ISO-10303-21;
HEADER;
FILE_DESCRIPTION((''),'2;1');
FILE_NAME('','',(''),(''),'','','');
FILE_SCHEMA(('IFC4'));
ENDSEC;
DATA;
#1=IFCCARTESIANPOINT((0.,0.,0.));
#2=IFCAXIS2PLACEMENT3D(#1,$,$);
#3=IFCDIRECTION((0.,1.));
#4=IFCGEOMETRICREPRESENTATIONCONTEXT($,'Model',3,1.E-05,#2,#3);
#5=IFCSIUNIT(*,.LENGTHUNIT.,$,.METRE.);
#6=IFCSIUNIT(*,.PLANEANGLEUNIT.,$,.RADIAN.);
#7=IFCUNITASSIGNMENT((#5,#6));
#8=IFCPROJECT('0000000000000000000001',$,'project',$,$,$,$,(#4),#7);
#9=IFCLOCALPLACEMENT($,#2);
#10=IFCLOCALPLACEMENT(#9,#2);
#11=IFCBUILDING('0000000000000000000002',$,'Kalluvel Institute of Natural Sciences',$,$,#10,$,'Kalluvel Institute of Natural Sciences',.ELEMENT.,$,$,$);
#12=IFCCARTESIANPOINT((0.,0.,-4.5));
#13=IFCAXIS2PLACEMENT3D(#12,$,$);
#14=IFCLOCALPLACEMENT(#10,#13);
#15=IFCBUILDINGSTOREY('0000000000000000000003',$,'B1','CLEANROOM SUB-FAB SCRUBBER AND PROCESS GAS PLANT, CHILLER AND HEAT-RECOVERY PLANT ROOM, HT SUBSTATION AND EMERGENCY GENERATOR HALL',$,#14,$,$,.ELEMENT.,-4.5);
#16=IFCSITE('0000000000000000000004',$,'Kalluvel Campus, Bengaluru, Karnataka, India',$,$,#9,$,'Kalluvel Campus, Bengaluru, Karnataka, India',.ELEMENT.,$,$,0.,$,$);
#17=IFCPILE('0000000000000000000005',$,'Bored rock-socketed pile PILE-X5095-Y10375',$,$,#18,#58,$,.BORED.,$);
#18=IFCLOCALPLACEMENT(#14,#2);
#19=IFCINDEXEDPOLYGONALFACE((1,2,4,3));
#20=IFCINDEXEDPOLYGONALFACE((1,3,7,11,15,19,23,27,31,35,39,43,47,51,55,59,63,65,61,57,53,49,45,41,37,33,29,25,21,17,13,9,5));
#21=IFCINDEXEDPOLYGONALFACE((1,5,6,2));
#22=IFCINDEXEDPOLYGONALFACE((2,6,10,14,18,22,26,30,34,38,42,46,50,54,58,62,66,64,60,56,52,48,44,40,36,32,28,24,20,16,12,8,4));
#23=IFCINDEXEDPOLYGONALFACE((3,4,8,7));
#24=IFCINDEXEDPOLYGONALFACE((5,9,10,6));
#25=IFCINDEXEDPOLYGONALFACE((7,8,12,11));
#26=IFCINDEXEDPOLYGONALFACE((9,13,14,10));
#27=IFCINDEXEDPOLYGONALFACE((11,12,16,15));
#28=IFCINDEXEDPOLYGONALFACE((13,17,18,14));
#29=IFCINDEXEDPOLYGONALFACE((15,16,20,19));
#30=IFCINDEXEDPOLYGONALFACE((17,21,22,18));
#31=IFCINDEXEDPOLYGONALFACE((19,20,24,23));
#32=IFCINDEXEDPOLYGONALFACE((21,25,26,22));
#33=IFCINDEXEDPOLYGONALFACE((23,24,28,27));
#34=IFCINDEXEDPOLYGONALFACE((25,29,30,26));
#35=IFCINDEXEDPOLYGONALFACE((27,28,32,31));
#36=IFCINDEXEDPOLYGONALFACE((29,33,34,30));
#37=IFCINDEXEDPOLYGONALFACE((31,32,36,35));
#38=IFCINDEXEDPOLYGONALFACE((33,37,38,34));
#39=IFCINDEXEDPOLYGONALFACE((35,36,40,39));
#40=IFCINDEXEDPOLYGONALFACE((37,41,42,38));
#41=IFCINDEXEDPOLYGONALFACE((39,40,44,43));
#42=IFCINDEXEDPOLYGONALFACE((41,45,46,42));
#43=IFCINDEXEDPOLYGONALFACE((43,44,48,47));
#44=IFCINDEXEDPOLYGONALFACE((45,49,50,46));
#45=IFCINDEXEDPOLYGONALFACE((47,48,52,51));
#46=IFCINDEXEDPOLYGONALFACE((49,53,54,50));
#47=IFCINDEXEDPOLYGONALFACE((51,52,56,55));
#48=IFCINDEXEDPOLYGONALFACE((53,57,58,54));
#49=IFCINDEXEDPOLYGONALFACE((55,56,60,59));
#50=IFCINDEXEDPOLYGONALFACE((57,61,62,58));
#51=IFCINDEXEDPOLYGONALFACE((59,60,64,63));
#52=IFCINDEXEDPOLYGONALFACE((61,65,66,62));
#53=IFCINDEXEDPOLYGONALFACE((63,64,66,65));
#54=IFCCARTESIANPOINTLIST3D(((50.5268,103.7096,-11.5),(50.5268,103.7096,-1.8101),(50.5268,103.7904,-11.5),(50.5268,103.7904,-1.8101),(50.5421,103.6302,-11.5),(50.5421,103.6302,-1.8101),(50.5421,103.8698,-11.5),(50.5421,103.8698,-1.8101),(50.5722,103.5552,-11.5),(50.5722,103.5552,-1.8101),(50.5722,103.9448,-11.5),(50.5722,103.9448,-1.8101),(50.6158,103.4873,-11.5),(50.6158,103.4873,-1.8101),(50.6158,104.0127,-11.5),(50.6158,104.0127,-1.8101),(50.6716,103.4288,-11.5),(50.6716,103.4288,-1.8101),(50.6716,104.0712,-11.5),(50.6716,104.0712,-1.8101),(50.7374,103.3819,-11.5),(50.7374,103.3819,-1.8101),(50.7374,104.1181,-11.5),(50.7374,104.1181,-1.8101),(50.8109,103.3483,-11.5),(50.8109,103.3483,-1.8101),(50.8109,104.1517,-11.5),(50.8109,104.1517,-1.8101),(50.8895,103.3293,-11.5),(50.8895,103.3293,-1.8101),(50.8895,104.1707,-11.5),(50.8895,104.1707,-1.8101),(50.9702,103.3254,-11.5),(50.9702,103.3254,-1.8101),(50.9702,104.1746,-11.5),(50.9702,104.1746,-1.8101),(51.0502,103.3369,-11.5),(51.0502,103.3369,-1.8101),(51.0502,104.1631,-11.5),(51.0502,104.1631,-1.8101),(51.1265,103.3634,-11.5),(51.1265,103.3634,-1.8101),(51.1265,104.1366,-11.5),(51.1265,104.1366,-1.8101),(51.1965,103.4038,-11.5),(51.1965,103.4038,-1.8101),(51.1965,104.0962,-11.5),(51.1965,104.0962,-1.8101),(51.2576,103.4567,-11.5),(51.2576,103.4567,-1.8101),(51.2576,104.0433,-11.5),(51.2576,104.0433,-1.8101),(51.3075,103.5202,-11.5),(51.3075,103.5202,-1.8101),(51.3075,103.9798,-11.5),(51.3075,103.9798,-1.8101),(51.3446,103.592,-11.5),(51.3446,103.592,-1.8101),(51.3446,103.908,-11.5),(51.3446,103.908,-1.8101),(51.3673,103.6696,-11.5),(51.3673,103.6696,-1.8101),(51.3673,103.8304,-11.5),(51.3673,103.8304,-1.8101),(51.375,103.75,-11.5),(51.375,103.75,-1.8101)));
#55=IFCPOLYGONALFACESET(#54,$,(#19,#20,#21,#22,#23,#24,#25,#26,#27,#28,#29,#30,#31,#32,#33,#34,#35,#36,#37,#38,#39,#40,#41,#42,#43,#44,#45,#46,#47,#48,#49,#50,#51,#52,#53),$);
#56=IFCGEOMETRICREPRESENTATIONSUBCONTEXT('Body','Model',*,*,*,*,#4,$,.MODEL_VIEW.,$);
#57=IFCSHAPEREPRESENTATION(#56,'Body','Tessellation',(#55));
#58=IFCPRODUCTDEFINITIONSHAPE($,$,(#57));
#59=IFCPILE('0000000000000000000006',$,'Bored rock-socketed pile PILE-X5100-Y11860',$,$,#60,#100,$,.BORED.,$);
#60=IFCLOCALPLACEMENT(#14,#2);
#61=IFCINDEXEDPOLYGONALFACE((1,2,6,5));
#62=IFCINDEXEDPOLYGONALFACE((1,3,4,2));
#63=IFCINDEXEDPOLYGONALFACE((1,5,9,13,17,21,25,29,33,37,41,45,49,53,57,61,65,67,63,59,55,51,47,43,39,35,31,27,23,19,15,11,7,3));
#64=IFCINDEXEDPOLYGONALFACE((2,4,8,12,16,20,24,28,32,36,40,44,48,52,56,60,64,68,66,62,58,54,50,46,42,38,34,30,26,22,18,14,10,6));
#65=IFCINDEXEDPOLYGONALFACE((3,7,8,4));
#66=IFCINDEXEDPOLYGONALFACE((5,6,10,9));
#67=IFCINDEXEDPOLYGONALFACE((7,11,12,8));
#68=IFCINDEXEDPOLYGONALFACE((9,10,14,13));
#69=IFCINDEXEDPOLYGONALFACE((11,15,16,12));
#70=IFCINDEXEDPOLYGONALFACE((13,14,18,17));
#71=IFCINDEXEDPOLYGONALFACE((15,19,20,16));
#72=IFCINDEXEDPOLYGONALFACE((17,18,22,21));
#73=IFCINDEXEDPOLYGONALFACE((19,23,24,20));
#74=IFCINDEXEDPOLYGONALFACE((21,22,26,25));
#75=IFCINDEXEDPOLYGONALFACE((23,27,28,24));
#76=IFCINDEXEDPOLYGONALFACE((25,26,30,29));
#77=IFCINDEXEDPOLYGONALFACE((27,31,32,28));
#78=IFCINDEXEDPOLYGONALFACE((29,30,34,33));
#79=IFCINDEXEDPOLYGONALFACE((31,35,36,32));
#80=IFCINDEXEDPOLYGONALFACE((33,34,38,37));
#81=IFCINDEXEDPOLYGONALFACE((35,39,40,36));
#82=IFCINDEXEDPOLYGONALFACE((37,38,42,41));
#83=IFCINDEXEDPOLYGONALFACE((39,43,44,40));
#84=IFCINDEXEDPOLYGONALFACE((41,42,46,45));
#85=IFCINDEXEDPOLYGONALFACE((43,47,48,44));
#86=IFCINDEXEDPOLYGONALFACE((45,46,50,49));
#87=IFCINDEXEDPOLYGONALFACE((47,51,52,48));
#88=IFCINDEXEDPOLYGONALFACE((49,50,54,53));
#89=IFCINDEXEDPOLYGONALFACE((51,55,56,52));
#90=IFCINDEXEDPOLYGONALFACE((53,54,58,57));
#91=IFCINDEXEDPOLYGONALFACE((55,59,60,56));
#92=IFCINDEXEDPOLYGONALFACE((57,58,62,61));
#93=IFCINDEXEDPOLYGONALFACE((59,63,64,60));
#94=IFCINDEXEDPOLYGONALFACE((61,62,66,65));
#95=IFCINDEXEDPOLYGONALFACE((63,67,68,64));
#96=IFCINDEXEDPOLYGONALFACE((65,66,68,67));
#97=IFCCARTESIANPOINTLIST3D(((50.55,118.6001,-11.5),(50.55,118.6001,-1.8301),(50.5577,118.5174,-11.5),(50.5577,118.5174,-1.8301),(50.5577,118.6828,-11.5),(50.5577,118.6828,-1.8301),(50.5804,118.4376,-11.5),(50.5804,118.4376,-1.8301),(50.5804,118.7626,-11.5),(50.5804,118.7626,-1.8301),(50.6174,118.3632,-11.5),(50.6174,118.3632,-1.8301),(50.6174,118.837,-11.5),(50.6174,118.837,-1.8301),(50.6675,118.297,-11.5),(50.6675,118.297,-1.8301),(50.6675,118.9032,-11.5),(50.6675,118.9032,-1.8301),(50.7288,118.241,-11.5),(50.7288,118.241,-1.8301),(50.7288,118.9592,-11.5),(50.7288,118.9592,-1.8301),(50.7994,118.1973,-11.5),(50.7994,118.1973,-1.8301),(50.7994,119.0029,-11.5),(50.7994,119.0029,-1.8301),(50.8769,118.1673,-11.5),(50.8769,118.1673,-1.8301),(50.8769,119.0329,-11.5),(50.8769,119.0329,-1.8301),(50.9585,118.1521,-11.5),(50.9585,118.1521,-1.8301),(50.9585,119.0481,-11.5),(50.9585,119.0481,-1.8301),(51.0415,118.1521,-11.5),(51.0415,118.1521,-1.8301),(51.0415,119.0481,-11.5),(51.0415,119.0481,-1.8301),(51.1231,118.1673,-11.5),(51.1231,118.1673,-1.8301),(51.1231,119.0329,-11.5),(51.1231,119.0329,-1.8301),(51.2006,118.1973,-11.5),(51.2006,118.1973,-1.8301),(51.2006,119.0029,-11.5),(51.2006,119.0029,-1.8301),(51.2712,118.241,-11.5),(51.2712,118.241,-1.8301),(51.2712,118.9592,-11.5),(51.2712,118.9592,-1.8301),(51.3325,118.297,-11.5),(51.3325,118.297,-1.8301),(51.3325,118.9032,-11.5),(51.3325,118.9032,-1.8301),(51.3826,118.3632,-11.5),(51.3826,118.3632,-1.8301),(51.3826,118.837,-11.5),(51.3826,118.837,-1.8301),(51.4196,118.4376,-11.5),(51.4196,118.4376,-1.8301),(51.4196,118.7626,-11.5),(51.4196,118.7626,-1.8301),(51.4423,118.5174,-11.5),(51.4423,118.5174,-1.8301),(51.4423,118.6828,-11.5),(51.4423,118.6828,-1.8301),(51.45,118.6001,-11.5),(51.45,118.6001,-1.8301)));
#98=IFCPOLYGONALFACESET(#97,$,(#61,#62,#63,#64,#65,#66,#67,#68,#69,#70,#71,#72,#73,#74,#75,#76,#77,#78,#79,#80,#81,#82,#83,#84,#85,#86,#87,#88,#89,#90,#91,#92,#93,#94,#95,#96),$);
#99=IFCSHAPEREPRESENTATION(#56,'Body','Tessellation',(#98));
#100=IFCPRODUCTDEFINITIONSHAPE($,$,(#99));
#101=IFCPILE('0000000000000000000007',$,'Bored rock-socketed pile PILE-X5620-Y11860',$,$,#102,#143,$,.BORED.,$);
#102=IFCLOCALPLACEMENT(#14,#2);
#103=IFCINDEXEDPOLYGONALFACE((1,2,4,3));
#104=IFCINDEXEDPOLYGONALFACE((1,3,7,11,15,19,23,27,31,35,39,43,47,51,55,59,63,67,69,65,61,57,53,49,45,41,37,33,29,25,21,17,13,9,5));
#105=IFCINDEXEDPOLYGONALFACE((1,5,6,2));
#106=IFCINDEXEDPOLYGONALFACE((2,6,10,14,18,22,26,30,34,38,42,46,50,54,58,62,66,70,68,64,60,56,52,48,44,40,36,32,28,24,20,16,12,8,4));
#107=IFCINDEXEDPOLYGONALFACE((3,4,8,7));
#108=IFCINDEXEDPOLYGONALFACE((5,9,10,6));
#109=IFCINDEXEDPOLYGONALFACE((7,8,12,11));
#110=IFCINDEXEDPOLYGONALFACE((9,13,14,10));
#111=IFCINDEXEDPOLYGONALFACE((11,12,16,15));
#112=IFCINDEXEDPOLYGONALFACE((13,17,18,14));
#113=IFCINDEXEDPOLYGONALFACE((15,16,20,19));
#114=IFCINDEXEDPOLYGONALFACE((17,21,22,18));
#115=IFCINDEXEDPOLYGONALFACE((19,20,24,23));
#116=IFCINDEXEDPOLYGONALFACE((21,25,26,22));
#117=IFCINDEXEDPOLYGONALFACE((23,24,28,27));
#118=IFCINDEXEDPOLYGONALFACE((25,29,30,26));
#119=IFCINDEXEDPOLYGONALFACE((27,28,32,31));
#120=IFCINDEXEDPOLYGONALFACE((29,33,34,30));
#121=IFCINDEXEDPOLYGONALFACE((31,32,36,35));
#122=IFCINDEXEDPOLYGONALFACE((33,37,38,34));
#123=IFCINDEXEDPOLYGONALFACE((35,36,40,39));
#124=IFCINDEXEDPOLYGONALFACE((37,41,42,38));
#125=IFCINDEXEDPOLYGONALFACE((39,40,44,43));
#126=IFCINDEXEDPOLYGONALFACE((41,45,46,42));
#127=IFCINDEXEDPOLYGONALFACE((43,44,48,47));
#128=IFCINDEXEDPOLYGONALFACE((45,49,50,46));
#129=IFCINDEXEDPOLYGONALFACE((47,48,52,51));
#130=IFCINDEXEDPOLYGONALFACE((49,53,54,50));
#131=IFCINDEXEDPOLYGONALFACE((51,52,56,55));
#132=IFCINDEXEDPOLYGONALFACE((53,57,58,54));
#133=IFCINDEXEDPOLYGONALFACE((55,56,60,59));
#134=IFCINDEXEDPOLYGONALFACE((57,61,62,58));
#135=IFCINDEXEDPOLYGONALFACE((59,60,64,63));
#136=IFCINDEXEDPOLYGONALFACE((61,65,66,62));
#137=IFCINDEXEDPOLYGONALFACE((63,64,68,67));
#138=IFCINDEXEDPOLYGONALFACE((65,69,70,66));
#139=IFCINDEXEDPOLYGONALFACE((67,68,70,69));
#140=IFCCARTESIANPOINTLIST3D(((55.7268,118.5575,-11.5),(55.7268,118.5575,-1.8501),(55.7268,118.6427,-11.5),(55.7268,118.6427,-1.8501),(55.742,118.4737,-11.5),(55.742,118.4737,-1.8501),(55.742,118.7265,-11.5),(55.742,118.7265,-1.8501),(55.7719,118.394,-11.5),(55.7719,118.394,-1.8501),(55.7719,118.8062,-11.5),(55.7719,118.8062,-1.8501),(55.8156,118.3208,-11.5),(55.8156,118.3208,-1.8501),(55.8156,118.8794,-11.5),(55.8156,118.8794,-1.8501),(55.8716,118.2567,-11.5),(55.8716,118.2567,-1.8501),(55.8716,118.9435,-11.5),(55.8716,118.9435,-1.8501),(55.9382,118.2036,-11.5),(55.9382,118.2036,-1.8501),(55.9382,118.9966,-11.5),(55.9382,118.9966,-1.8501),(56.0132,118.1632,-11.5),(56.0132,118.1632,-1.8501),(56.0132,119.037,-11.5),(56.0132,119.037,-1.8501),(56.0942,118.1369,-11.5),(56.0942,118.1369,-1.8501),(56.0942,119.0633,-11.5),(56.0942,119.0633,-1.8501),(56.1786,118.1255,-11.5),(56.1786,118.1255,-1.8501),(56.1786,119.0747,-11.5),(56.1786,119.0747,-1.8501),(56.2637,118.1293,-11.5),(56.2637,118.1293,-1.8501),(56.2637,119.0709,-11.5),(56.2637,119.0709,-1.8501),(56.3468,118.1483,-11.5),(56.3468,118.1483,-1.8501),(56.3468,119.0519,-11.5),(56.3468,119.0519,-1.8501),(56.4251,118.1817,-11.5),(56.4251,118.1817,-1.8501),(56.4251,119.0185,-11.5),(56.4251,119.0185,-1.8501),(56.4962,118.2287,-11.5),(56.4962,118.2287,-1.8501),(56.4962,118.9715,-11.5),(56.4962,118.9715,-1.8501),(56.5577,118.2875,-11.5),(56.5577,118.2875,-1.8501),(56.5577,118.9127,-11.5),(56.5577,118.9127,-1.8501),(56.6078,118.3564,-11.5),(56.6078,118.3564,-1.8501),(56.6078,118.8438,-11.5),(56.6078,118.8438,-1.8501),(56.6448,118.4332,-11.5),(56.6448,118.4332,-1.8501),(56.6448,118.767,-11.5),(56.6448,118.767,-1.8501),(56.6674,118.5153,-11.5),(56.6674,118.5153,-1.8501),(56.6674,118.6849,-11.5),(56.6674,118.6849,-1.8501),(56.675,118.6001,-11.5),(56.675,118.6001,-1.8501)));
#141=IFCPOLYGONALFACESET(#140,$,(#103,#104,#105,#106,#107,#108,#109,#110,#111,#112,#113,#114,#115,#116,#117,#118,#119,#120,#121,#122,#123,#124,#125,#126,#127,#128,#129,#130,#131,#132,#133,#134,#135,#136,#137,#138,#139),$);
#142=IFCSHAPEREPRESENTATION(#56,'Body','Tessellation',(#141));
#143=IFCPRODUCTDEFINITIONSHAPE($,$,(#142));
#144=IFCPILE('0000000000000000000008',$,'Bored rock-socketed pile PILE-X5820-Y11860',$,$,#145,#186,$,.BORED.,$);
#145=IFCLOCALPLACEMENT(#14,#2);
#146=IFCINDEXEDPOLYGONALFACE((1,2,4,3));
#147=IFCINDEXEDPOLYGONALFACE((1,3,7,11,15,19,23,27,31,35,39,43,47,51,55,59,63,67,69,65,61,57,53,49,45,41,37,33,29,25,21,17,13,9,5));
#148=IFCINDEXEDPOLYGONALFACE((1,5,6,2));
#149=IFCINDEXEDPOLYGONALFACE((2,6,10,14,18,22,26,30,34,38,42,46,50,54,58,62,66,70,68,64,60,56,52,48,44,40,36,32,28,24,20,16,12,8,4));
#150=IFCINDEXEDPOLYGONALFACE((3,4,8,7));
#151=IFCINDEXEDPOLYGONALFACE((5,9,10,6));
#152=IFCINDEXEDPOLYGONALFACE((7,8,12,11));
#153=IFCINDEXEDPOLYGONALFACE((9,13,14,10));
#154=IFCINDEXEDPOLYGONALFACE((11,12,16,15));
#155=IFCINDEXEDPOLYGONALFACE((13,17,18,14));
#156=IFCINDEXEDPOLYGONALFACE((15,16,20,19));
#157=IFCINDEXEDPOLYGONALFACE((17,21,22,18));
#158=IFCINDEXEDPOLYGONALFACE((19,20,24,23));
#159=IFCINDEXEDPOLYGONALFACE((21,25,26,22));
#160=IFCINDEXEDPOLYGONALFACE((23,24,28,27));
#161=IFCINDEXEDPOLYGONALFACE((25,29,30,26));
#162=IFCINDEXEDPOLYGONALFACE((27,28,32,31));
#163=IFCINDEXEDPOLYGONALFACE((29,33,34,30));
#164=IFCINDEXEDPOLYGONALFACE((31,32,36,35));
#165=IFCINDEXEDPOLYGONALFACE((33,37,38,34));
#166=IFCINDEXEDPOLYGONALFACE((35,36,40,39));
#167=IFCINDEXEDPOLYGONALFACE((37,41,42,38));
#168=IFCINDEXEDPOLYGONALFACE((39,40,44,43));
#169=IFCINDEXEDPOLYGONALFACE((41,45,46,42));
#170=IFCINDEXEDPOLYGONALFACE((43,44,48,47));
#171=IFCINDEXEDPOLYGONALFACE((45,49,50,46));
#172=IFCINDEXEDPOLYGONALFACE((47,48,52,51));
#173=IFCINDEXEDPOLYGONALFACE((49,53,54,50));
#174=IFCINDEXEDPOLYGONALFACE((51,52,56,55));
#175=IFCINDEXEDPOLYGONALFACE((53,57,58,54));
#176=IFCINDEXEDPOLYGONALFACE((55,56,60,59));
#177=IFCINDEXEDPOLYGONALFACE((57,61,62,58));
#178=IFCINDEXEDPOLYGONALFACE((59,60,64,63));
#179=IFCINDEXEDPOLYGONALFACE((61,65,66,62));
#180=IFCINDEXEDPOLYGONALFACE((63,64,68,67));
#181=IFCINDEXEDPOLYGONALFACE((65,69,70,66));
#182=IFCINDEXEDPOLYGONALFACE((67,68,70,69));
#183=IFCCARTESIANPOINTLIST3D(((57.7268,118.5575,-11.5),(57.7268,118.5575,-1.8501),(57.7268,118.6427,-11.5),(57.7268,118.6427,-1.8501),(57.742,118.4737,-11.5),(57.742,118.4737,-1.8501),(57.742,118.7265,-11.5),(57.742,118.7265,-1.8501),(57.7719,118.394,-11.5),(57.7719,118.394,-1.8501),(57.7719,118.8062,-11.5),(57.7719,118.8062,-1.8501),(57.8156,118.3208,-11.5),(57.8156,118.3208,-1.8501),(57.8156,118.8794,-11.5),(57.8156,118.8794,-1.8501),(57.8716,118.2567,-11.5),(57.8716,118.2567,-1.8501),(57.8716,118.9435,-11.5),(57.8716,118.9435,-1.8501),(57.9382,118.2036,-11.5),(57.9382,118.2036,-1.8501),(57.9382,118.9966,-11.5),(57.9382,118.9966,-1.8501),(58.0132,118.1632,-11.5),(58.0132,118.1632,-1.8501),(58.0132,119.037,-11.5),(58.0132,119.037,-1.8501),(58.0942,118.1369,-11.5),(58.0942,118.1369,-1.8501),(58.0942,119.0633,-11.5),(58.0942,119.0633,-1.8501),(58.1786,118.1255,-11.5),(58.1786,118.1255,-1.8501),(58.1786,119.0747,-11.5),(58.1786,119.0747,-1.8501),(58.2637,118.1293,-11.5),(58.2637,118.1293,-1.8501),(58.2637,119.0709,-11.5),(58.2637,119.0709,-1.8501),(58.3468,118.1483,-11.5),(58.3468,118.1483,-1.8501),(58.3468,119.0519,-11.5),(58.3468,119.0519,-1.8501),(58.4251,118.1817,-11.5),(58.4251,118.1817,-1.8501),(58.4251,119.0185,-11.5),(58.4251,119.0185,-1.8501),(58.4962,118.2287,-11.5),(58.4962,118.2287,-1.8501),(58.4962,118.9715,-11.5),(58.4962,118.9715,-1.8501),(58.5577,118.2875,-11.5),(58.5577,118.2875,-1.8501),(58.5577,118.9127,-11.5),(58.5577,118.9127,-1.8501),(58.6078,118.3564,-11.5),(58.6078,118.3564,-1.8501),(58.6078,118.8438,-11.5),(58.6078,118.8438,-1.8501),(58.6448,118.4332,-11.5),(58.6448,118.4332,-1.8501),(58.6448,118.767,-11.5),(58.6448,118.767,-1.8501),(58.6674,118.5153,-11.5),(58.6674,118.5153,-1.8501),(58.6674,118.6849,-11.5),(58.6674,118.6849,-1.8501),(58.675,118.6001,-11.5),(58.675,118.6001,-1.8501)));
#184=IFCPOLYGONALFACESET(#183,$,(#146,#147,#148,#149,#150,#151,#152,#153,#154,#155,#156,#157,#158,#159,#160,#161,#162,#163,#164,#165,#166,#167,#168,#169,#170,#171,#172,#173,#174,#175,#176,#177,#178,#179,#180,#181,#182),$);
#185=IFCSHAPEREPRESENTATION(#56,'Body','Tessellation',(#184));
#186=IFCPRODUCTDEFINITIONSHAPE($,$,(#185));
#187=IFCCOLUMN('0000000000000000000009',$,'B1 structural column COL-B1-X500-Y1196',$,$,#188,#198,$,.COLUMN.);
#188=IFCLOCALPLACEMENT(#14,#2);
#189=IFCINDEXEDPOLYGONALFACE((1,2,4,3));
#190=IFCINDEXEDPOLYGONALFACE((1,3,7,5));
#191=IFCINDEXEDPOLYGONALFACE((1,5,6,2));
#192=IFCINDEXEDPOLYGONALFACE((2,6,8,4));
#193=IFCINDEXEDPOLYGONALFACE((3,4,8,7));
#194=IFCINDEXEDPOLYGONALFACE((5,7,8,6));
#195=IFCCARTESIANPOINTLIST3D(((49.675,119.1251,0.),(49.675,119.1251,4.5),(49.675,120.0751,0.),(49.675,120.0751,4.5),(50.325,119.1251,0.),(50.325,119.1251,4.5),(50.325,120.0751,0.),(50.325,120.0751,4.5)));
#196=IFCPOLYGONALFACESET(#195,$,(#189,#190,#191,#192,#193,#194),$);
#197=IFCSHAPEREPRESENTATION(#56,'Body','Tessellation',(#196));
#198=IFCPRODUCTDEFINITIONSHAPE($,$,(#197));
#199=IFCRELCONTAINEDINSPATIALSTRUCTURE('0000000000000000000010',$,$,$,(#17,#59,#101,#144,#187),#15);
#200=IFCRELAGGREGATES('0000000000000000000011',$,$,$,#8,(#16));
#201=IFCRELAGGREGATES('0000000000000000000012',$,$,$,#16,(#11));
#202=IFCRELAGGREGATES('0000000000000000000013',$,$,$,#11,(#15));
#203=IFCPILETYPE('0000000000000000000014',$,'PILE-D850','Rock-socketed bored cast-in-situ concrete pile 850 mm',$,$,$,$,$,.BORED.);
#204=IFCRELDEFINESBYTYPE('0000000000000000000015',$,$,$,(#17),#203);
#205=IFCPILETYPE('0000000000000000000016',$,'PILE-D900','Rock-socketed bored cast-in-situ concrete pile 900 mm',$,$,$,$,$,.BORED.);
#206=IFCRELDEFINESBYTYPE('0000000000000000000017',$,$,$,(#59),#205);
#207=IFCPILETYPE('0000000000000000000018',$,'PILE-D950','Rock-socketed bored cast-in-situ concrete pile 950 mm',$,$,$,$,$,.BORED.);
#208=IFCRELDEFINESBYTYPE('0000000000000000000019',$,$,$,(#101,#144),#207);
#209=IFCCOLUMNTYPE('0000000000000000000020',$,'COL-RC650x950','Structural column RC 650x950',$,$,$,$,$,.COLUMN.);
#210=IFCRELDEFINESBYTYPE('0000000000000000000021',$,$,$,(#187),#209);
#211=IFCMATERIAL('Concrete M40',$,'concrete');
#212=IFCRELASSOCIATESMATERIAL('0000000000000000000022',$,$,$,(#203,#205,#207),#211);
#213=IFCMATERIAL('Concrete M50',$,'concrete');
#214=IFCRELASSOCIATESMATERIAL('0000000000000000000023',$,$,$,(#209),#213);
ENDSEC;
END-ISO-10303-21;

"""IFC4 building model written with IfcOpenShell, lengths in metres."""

from ifc_helpers import new_model, si_unit, direction, frame, origin, origin_2d, place, context, subcontext, project, spatial, rectangle, circle, extrude, material, material_profile, profile_set, type_object, element, save


model = new_model("IFC4")

# Units and contexts
model_context = context("Model", 3, precision=1e-05, world=origin(), true_north=direction((0.0, 1.0)))
body_context = subcontext(model_context, "Body", "Model", "MODEL_VIEW")
ifc_project = project(units=[si_unit("LENGTHUNIT", "METRE"), si_unit("PLANEANGLEUNIT", "RADIAN")], contexts=[model_context])

# Site, building, storey
site_placement = place(None, origin())
site = spatial("IfcSite", under=ifc_project, at=site_placement, Name="Kalluvel Campus, Bengaluru, Karnataka, India", LongName="Kalluvel Campus, Bengaluru, Karnataka, India", CompositionType="ELEMENT", RefElevation=0.0)
building_placement = place(site_placement, origin())
building = spatial("IfcBuilding", under=site, at=building_placement, Name="Kalluvel Institute of Natural Sciences", LongName="Kalluvel Institute of Natural Sciences", CompositionType="ELEMENT")
storey_placement = place(building_placement, frame((0.0, 0.0, -4.5)))
storey = spatial("IfcBuildingStorey", under=building, at=storey_placement, Name="B1", Description="CLEANROOM SUB-FAB SCRUBBER AND PROCESS GAS PLANT, CHILLER AND HEAT-RECOVERY PLANT ROOM, HT SUBSTATION AND EMERGENCY GENERATOR HALL", CompositionType="ELEMENT", Elevation=-4.5)

# Shared definitions
ifc_material_1 = material(Name="Concrete M40", Category="concrete")

# Piles
ifc_material_profile_1 = material_profile(ifc_material_1, circle(Radius=0.425, at=origin_2d()), Name="PILE D850")
ifc_profile_set_1 = profile_set([ifc_material_profile_1], Name="Concrete M40")
pile_type_1 = type_object("IfcPileType", Name="PILE-D850", Description="Rock-socketed bored cast-in-situ concrete pile 850 mm", PredefinedType="BORED", material=ifc_profile_set_1)
pile_1_placement = place(storey_placement, frame((50.95, 103.75, -1.8101), z_axis=(0.0, 0.0, -1.0), x_axis=(1.0, 0.0, 0.0)))
element("IfcPile", 1, at=pile_1_placement, inside=storey, type_object=pile_type_1, Name="Bored rock-socketed pile PILE-X5095-Y10375", PredefinedType="BORED", context=body_context, shape_type="SweptSolid", body=[
    extrude(circle(Radius=0.425, at=origin_2d()), origin(), (0.0, 0.0, 1.0), 9.6899),
])
ifc_material_profile_2 = material_profile(ifc_material_1, circle(Radius=0.45, at=origin_2d()), Name="PILE D900")
ifc_profile_set_2 = profile_set([ifc_material_profile_2], Name="Concrete M40")
pile_type_2 = type_object("IfcPileType", Name="PILE-D900", Description="Rock-socketed bored cast-in-situ concrete pile 900 mm", PredefinedType="BORED", material=ifc_profile_set_2)
pile_2_placement = place(storey_placement, frame((51.0, 118.6001, -1.8301), z_axis=(0.0, 0.0, -1.0), x_axis=(1.0, 0.0, 0.0)))
element("IfcPile", 2, at=pile_2_placement, inside=storey, type_object=pile_type_2, Name="Bored rock-socketed pile PILE-X5100-Y11860", PredefinedType="BORED", context=body_context, shape_type="SweptSolid", body=[
    extrude(circle(Radius=0.45, at=origin_2d()), origin(), (0.0, 0.0, 1.0), 9.6699),
])
ifc_material_profile_3 = material_profile(ifc_material_1, circle(Radius=0.4751, at=origin_2d()), Name="PILE D950")
ifc_profile_set_3 = profile_set([ifc_material_profile_3], Name="Concrete M40")
pile_type_3 = type_object("IfcPileType", Name="PILE-D950", Description="Rock-socketed bored cast-in-situ concrete pile 950 mm", PredefinedType="BORED", material=ifc_profile_set_3)
for number, where, z_axis, x_axis, name in (
    (3, (56.2, 118.6001, -1.8501), (0.0, 0.0, -1.0), (1.0, 0.0, 0.0), "Bored rock-socketed pile PILE-X5620-Y11860"),
    (4, (58.2, 118.6001, -1.8501), (0.0, 0.0, -1.0), (1.0, 0.0, 0.0), "Bored rock-socketed pile PILE-X5820-Y11860"),
):
    element("IfcPile", number, at=place(storey_placement, frame(where, z_axis=z_axis, x_axis=x_axis)), inside=storey, type_object=pile_type_3, Name=name, PredefinedType="BORED", context=body_context, shape_type="SweptSolid", body=[
        extrude(circle(Radius=0.4751, at=origin_2d()), origin(), (0.0, 0.0, 1.0), 9.6499),
    ])

# Column
ifc_material_2 = material(Name="Concrete M50", Category="concrete")
ifc_material_profile_4 = material_profile(ifc_material_2, rectangle(XDim=0.6499, YDim=0.95, at=origin_2d()), Name="RC 650x950")
ifc_profile_set_4 = profile_set([ifc_material_profile_4], Name="Concrete M50")
column_type_1 = type_object("IfcColumnType", Name="COL-RC650x950", Description="Structural column RC 650x950", PredefinedType="COLUMN", material=ifc_profile_set_4)
column_1_placement = place(storey_placement, frame((50.0, 119.6001, 0.0), z_axis=(0.0, 0.0, 1.0), x_axis=(1.0, 0.0, 0.0)))
element("IfcColumn", 5, at=column_1_placement, inside=storey, type_object=column_type_1, Name="B1 structural column COL-B1-X500-Y1196", PredefinedType="COLUMN", context=body_context, shape_type="SweptSolid", body=[
    extrude(rectangle(XDim=0.6499, YDim=0.95, at=origin_2d()), origin(), (0.0, 0.0, 1.0), 4.5),
])

save(model, "model.ifc")
